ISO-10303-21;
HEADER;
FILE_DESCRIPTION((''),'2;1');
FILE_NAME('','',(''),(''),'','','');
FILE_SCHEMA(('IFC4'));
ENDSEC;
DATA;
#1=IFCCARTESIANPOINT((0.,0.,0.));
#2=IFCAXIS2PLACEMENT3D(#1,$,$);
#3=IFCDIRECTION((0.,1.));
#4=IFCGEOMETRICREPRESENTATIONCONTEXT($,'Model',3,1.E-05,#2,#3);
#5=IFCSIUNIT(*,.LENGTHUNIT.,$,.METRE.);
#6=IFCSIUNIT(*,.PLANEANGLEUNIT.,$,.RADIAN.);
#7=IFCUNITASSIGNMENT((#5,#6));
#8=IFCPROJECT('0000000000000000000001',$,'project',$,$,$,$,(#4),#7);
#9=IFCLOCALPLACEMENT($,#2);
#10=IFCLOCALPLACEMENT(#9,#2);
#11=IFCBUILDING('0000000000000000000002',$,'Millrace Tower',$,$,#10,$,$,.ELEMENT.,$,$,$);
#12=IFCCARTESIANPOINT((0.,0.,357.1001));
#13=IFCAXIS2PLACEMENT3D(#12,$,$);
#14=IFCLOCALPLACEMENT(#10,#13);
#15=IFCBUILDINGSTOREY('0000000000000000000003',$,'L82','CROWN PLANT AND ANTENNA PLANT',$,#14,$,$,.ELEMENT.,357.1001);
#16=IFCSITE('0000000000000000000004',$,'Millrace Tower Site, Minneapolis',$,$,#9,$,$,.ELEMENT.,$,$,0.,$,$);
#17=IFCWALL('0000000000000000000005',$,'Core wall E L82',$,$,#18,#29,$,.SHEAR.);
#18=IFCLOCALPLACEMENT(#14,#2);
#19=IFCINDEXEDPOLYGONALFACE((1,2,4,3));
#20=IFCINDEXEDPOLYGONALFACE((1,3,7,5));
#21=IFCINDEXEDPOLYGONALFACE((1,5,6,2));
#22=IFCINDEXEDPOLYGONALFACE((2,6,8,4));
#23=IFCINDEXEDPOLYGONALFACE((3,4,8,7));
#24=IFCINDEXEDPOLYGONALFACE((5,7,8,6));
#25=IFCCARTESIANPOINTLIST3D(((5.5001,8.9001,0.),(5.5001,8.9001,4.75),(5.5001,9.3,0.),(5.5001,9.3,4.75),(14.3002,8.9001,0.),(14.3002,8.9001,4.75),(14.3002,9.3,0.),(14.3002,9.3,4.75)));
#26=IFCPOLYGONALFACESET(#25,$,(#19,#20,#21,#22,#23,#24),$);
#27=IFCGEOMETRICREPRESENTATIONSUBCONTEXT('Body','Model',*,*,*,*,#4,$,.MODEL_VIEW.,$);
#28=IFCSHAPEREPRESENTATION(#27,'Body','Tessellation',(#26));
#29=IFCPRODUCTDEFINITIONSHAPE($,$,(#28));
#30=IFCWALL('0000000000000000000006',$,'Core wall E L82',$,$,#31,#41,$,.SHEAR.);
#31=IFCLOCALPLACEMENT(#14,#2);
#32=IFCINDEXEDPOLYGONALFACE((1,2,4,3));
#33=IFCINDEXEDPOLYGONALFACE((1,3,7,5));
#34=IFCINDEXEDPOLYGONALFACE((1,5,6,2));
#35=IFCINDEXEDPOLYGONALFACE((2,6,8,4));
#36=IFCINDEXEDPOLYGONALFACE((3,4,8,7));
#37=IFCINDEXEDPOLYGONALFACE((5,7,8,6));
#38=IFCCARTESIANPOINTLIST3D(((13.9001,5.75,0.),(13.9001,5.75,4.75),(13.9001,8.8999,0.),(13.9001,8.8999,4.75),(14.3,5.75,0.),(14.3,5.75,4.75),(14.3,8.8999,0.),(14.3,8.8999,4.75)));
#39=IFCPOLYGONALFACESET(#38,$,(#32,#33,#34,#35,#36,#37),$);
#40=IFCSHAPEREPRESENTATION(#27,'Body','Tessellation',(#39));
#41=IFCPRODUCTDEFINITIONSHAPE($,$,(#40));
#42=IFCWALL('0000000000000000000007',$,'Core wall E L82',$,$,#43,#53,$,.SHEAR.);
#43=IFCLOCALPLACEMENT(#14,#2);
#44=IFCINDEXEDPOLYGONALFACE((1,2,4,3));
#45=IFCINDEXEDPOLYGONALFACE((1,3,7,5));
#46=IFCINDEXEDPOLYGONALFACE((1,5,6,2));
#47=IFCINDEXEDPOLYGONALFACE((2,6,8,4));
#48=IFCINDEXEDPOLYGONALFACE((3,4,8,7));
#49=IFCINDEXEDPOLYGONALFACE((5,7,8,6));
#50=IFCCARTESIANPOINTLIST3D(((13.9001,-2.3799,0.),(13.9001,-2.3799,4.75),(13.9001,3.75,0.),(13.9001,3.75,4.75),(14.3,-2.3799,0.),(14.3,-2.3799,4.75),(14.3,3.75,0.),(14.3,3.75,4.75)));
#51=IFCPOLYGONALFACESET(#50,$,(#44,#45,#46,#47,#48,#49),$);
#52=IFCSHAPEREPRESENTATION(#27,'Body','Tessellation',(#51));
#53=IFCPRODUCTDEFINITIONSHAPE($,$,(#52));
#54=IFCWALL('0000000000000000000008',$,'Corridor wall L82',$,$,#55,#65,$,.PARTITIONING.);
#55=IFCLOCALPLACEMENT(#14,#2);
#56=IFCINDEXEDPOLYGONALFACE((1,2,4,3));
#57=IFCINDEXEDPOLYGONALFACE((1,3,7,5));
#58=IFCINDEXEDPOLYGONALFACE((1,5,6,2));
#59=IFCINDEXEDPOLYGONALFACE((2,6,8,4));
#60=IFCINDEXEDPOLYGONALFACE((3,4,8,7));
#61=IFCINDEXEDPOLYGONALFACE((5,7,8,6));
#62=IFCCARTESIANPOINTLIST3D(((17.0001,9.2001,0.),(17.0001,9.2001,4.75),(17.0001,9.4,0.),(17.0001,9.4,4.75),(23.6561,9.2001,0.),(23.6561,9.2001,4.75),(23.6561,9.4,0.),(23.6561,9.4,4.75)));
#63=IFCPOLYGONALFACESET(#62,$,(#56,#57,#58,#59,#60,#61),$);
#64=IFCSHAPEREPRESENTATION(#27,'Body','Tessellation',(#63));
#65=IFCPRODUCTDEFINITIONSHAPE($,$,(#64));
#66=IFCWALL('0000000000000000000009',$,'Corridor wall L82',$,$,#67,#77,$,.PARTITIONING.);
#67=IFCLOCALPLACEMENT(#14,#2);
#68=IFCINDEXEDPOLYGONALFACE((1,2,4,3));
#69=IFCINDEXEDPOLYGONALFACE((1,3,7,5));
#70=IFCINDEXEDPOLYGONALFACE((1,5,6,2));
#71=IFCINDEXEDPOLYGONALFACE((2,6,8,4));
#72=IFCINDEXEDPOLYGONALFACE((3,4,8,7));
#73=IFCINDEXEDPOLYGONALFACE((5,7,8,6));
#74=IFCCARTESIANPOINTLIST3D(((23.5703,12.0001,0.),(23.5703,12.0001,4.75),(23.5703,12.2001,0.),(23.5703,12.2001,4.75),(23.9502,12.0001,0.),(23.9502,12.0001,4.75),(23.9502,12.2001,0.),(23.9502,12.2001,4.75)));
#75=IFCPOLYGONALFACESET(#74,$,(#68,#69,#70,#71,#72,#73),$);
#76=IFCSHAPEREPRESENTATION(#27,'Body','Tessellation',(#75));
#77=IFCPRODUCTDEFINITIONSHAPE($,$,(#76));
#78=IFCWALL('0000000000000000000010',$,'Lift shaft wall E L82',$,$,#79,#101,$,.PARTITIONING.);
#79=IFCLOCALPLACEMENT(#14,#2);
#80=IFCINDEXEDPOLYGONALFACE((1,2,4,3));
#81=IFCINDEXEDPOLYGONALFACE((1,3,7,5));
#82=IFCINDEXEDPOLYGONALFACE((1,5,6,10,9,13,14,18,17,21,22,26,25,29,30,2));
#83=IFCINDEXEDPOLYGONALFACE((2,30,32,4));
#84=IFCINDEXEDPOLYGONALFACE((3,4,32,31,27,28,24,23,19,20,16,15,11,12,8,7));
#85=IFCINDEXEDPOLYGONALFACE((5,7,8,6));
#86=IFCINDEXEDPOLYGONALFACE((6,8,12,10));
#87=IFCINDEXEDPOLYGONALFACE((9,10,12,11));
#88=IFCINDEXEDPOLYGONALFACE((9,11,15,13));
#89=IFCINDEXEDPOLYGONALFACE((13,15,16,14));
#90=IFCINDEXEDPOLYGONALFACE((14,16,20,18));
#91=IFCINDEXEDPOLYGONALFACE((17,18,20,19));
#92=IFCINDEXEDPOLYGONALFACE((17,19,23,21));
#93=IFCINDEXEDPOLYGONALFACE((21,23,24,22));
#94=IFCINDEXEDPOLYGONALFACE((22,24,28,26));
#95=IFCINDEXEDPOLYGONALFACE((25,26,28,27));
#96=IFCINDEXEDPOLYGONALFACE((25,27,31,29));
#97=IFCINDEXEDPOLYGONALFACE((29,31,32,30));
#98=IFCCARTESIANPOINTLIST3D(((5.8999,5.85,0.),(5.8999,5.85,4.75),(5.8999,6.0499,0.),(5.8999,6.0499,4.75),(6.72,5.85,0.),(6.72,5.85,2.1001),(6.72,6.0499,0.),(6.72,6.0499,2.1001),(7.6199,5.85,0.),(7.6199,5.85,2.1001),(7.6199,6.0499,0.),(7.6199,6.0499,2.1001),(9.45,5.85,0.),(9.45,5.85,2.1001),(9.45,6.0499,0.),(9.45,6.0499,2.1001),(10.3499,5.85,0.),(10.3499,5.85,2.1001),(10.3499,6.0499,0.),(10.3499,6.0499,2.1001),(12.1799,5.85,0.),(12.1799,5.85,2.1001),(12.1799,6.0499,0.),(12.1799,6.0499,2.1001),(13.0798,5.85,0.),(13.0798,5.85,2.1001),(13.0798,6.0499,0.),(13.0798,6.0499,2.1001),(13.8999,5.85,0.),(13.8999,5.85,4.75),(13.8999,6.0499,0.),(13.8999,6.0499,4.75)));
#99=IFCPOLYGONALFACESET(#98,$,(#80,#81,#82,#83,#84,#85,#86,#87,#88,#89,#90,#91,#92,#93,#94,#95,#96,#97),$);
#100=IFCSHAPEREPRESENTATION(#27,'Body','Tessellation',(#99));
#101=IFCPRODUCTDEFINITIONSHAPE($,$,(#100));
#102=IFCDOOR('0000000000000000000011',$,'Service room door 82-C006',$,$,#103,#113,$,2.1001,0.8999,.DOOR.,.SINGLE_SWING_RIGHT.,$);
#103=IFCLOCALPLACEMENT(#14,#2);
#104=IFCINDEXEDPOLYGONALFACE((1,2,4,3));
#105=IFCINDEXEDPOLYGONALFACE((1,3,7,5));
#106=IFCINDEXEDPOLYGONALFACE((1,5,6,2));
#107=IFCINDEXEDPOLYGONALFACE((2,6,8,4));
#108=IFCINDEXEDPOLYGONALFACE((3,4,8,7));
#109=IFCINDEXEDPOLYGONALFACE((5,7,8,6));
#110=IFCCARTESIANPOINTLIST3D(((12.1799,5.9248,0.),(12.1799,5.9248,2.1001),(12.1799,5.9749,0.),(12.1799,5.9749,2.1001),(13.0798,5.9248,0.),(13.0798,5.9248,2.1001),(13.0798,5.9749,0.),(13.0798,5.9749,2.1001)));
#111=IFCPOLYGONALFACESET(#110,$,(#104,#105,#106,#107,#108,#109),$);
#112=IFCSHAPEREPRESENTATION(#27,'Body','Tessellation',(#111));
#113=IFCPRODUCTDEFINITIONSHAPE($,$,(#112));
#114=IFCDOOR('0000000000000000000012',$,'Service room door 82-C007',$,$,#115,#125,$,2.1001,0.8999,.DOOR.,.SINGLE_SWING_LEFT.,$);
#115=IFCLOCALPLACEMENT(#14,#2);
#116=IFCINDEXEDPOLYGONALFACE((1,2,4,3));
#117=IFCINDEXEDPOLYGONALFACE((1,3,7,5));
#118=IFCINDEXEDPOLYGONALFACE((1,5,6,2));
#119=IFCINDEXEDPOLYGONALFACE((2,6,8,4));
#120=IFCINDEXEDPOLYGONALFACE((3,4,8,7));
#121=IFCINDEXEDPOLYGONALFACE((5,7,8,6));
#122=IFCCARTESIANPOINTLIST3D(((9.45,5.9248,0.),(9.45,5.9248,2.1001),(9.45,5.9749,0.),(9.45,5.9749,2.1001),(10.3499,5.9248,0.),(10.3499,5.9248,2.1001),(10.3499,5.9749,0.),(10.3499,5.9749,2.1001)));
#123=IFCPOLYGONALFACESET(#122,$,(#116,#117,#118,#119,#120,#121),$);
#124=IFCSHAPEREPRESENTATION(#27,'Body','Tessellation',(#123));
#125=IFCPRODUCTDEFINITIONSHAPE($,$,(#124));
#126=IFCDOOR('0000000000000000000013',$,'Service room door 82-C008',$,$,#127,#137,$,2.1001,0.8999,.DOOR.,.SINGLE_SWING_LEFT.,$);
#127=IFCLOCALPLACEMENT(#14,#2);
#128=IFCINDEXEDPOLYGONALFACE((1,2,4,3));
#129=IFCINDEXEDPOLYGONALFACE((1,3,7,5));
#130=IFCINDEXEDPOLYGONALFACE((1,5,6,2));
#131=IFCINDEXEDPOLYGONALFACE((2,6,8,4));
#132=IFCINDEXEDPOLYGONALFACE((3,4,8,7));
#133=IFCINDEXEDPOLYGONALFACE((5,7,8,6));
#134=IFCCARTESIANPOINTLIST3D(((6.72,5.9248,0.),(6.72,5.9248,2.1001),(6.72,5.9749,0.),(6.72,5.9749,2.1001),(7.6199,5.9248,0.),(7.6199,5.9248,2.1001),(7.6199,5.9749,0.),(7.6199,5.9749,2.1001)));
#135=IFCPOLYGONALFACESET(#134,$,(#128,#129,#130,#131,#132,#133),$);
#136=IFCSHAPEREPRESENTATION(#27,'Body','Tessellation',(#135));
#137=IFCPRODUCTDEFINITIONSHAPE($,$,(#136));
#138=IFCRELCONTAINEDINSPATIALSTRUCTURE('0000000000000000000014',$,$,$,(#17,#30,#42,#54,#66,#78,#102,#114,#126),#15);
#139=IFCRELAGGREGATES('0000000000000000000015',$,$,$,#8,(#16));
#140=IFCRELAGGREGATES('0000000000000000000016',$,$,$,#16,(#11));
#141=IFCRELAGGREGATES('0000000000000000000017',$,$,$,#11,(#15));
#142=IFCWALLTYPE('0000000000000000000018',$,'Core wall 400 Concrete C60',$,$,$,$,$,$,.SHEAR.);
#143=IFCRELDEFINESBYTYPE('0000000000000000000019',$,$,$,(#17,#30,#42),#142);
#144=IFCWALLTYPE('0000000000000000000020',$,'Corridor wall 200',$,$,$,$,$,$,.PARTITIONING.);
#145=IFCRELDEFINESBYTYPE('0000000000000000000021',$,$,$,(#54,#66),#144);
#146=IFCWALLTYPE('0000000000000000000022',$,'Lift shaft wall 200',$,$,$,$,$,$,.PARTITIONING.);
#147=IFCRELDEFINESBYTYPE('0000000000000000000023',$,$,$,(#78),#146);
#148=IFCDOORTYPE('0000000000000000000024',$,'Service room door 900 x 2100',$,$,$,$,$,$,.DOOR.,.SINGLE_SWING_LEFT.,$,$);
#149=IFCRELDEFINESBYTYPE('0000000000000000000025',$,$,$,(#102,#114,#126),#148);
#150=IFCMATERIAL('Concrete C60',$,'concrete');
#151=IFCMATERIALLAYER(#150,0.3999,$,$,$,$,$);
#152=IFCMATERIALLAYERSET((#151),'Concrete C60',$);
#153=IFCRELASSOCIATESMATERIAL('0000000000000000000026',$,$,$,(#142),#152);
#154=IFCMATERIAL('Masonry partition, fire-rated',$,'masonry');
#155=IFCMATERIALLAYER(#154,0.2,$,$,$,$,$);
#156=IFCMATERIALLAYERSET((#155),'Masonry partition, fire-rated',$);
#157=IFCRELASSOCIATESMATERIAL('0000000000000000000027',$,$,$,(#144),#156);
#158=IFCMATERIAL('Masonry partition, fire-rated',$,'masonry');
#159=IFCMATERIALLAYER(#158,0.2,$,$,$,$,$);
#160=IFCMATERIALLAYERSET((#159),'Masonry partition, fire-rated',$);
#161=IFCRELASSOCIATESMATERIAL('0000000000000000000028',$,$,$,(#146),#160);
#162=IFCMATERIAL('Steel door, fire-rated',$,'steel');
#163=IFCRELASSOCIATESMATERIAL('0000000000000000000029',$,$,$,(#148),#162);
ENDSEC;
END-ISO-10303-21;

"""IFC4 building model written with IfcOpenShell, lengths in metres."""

from ifc_helpers import new_model, si_unit, direction, frame, frame_2d, origin, place, context, subcontext, project, spatial, rectangle, extrude, material, layer, layer_set, type_object, element, fill, save


model = new_model("IFC4")

# Units and contexts
model_context = context("Model", 3, precision=1e-05, world=origin(), true_north=direction((0.0, 1.0)))
body_context = subcontext(model_context, "Body", "Model", "MODEL_VIEW")
ifc_project = project(units=[si_unit("LENGTHUNIT", "METRE"), si_unit("PLANEANGLEUNIT", "RADIAN")], contexts=[model_context])

# Site, building, storey
site_placement = place(None, origin())
site = spatial("IfcSite", under=ifc_project, at=site_placement, Name="Millrace Tower Site, Minneapolis", CompositionType="ELEMENT", RefElevation=0.0)
building_placement = place(site_placement, origin())
building = spatial("IfcBuilding", under=site, at=building_placement, Name="Millrace Tower", CompositionType="ELEMENT")
storey_placement = place(building_placement, frame((0.0, 0.0, 357.1001)))
storey = spatial("IfcBuildingStorey", under=building, at=storey_placement, Name="L82", Description="CROWN PLANT AND ANTENNA PLANT", CompositionType="ELEMENT", Elevation=357.1001)

# Walls
ifc_material_1 = material(Name="Concrete C60", Category="concrete")
ifc_layer_1 = layer(ifc_material_1, 0.3999)
ifc_layer_set_1 = layer_set([ifc_layer_1], Name="Concrete C60")
wall_type_1 = type_object("IfcWallType", Name="Core wall 400 Concrete C60", PredefinedType="SHEAR", material=ifc_layer_set_1)
wall_1_placement = place(storey_placement, frame((14.3, 9.1001, 0.0), z_axis=(0.0, 0.0, 1.0), x_axis=(-1.0, 0.0, 0.0)))
element("IfcWall", 1, at=wall_1_placement, inside=storey, type_object=wall_type_1, Name="Core wall E L82", PredefinedType="SHEAR", context=body_context, shape_type="SweptSolid", body=[
    extrude(rectangle(XDim=8.8, YDim=0.3999, at=frame_2d((4.3999, 0.0))), origin(), (0.0, 0.0, 1.0), 4.75),
])
wall_2_placement = place(storey_placement, frame((14.1001, 8.8999, 0.0), z_axis=(0.0, 0.0, 1.0), x_axis=(0.0, -1.0, 0.0)))
element("IfcWall", 2, at=wall_2_placement, inside=storey, type_object=wall_type_1, Name="Core wall E L82", PredefinedType="SHEAR", context=body_context, shape_type="SweptSolid", body=[
    extrude(rectangle(XDim=3.1499, YDim=0.3999, at=frame_2d((1.575, 0.0))), origin(), (0.0, 0.0, 1.0), 4.75),
])
wall_3_placement = place(storey_placement, frame((14.1001, 3.75, 0.0), z_axis=(0.0, 0.0, 1.0), x_axis=(0.0, -1.0, 0.0)))
element("IfcWall", 3, at=wall_3_placement, inside=storey, type_object=wall_type_1, Name="Core wall E L82", PredefinedType="SHEAR", context=body_context, shape_type="SweptSolid", body=[
    extrude(rectangle(XDim=6.1299, YDim=0.3999, at=frame_2d((3.0649, 0.0))), origin(), (0.0, 0.0, 1.0), 4.75),
])
ifc_material_2 = material(Name="Masonry partition, fire-rated", Category="masonry")
ifc_layer_2 = layer(ifc_material_2, 0.2)
ifc_layer_set_2 = layer_set([ifc_layer_2], Name="Masonry partition, fire-rated")
wall_type_2 = type_object("IfcWallType", Name="Corridor wall 200", PredefinedType="PARTITIONING", material=ifc_layer_set_2)
wall_4_placement = place(storey_placement, frame((17.0, 9.3, 0.0), z_axis=(0.0, 0.0, 1.0), x_axis=(1.0, 0.0, 0.0)))
element("IfcWall", 4, at=wall_4_placement, inside=storey, type_object=wall_type_2, Name="Corridor wall L82", PredefinedType="PARTITIONING", context=body_context, shape_type="SweptSolid", body=[
    extrude(rectangle(XDim=6.656, YDim=0.2, at=frame_2d((3.3281, 0.0))), origin(), (0.0, 0.0, 1.0), 4.75),
])
wall_5_placement = place(storey_placement, frame((23.5703, 12.1001, 0.0), z_axis=(0.0, 0.0, 1.0), x_axis=(1.0, 0.0, 0.0)))
element("IfcWall", 5, at=wall_5_placement, inside=storey, type_object=wall_type_2, Name="Corridor wall L82", PredefinedType="PARTITIONING", context=body_context, shape_type="SweptSolid", body=[
    extrude(rectangle(XDim=0.3799, YDim=0.2, at=frame_2d((0.1899, 0.0))), origin(), (0.0, 0.0, 1.0), 4.75),
])

# Wall, openings, doors
ifc_material_3 = material(Name="Masonry partition, fire-rated", Category="masonry")
ifc_layer_3 = layer(ifc_material_3, 0.2)
ifc_layer_set_3 = layer_set([ifc_layer_3], Name="Masonry partition, fire-rated")
wall_type_3 = type_object("IfcWallType", Name="Lift shaft wall 200", PredefinedType="PARTITIONING", material=ifc_layer_set_3)
wall_6_placement = place(storey_placement, frame((13.8999, 5.95, 0.0), z_axis=(0.0, 0.0, 1.0), x_axis=(-1.0, 0.0, 0.0)))
wall_6 = element("IfcWall", 6, at=wall_6_placement, inside=storey, type_object=wall_type_3, Name="Lift shaft wall E L82", PredefinedType="PARTITIONING", context=body_context, shape_type="SweptSolid", body=[
    extrude(rectangle(XDim=8.0, YDim=0.2, at=frame_2d((4.0, 0.0))), origin(), (0.0, 0.0, 1.0), 4.75),
])
opening_1_placement = place(wall_6_placement, frame((0.8201, 0.0, 0.0)))
opening_1 = element("IfcOpeningElement", 7, at=opening_1_placement, cuts=wall_6, PredefinedType="OPENING", context=body_context, shape_type="SweptSolid", body=[
    extrude(rectangle(XDim=0.8999, YDim=2.1001, at=frame_2d((0.45, 1.05))), frame((0.0, 0.1099, 0.0), z_axis=(0.0, -1.0, 0.0), x_axis=(1.0, 0.0, 0.0)), (0.0, 0.0, 1.0), 0.22),
])
opening_2_placement = place(wall_6_placement, frame((3.55, 0.0, 0.0)))
opening_2 = element("IfcOpeningElement", 8, at=opening_2_placement, cuts=wall_6, PredefinedType="OPENING", context=body_context, shape_type="SweptSolid", body=[
    extrude(rectangle(XDim=0.8999, YDim=2.1001, at=frame_2d((0.45, 1.05))), frame((0.0, 0.1099, 0.0), z_axis=(0.0, -1.0, 0.0), x_axis=(1.0, 0.0, 0.0)), (0.0, 0.0, 1.0), 0.22),
])
opening_3_placement = place(wall_6_placement, frame((6.28, 0.0, 0.0)))
opening_3 = element("IfcOpeningElement", 9, at=opening_3_placement, cuts=wall_6, PredefinedType="OPENING", context=body_context, shape_type="SweptSolid", body=[
    extrude(rectangle(XDim=0.8999, YDim=2.1001, at=frame_2d((0.45, 1.05))), frame((0.0, 0.1099, 0.0), z_axis=(0.0, -1.0, 0.0), x_axis=(1.0, 0.0, 0.0)), (0.0, 0.0, 1.0), 0.22),
])
ifc_material_4 = material(Name="Steel door, fire-rated", Category="steel")
door_type_1 = type_object("IfcDoorType", Name="Service room door 900 x 2100", OperationType="SINGLE_SWING_LEFT", PredefinedType="DOOR", material=ifc_material_4)
door_1_placement = place(opening_1_placement, frame((0.8999, 0.0, 0.0), z_axis=(0.0, 0.0, 1.0), x_axis=(-1.0, 0.0, 0.0)))
door_1 = element("IfcDoor", 10, at=door_1_placement, inside=storey, type_object=door_type_1, Name="Service room door 82-C006", OperationType="SINGLE_SWING_RIGHT", OverallHeight=2.1001, OverallWidth=0.8999, PredefinedType="DOOR", context=body_context, shape_type="SweptSolid", body=[
    extrude(rectangle(XDim=0.8999, YDim=2.1001, at=frame_2d((0.45, 1.05))), frame((0.0, 0.0249, 0.0), z_axis=(0.0, -1.0, 0.0), x_axis=(1.0, 0.0, 0.0)), (0.0, 0.0, 1.0), 0.05),
])
fill(opening_1, door_1)
door_2_placement = place(opening_2_placement, frame((0.8999, 0.0, 0.0), z_axis=(0.0, 0.0, 1.0), x_axis=(-1.0, 0.0, 0.0)))
door_2 = element("IfcDoor", 11, at=door_2_placement, inside=storey, type_object=door_type_1, Name="Service room door 82-C007", OperationType="SINGLE_SWING_LEFT", OverallHeight=2.1001, OverallWidth=0.8999, PredefinedType="DOOR", context=body_context, shape_type="SweptSolid", body=[
    extrude(rectangle(XDim=0.8999, YDim=2.1001, at=frame_2d((0.45, 1.05))), frame((0.0, 0.0249, 0.0), z_axis=(0.0, -1.0, 0.0), x_axis=(1.0, 0.0, 0.0)), (0.0, 0.0, 1.0), 0.05),
])
fill(opening_2, door_2)
door_3_placement = place(opening_3_placement, frame((0.8999, 0.0, 0.0), z_axis=(0.0, 0.0, 1.0), x_axis=(-1.0, 0.0, 0.0)))
door_3 = element("IfcDoor", 12, at=door_3_placement, inside=storey, type_object=door_type_1, Name="Service room door 82-C008", OperationType="SINGLE_SWING_LEFT", OverallHeight=2.1001, OverallWidth=0.8999, PredefinedType="DOOR", context=body_context, shape_type="SweptSolid", body=[
    extrude(rectangle(XDim=0.8999, YDim=2.1001, at=frame_2d((0.45, 1.05))), frame((0.0, 0.0249, 0.0), z_axis=(0.0, -1.0, 0.0), x_axis=(1.0, 0.0, 0.0)), (0.0, 0.0, 1.0), 0.05),
])
fill(opening_3, door_3)

save(model, "model.ifc")
